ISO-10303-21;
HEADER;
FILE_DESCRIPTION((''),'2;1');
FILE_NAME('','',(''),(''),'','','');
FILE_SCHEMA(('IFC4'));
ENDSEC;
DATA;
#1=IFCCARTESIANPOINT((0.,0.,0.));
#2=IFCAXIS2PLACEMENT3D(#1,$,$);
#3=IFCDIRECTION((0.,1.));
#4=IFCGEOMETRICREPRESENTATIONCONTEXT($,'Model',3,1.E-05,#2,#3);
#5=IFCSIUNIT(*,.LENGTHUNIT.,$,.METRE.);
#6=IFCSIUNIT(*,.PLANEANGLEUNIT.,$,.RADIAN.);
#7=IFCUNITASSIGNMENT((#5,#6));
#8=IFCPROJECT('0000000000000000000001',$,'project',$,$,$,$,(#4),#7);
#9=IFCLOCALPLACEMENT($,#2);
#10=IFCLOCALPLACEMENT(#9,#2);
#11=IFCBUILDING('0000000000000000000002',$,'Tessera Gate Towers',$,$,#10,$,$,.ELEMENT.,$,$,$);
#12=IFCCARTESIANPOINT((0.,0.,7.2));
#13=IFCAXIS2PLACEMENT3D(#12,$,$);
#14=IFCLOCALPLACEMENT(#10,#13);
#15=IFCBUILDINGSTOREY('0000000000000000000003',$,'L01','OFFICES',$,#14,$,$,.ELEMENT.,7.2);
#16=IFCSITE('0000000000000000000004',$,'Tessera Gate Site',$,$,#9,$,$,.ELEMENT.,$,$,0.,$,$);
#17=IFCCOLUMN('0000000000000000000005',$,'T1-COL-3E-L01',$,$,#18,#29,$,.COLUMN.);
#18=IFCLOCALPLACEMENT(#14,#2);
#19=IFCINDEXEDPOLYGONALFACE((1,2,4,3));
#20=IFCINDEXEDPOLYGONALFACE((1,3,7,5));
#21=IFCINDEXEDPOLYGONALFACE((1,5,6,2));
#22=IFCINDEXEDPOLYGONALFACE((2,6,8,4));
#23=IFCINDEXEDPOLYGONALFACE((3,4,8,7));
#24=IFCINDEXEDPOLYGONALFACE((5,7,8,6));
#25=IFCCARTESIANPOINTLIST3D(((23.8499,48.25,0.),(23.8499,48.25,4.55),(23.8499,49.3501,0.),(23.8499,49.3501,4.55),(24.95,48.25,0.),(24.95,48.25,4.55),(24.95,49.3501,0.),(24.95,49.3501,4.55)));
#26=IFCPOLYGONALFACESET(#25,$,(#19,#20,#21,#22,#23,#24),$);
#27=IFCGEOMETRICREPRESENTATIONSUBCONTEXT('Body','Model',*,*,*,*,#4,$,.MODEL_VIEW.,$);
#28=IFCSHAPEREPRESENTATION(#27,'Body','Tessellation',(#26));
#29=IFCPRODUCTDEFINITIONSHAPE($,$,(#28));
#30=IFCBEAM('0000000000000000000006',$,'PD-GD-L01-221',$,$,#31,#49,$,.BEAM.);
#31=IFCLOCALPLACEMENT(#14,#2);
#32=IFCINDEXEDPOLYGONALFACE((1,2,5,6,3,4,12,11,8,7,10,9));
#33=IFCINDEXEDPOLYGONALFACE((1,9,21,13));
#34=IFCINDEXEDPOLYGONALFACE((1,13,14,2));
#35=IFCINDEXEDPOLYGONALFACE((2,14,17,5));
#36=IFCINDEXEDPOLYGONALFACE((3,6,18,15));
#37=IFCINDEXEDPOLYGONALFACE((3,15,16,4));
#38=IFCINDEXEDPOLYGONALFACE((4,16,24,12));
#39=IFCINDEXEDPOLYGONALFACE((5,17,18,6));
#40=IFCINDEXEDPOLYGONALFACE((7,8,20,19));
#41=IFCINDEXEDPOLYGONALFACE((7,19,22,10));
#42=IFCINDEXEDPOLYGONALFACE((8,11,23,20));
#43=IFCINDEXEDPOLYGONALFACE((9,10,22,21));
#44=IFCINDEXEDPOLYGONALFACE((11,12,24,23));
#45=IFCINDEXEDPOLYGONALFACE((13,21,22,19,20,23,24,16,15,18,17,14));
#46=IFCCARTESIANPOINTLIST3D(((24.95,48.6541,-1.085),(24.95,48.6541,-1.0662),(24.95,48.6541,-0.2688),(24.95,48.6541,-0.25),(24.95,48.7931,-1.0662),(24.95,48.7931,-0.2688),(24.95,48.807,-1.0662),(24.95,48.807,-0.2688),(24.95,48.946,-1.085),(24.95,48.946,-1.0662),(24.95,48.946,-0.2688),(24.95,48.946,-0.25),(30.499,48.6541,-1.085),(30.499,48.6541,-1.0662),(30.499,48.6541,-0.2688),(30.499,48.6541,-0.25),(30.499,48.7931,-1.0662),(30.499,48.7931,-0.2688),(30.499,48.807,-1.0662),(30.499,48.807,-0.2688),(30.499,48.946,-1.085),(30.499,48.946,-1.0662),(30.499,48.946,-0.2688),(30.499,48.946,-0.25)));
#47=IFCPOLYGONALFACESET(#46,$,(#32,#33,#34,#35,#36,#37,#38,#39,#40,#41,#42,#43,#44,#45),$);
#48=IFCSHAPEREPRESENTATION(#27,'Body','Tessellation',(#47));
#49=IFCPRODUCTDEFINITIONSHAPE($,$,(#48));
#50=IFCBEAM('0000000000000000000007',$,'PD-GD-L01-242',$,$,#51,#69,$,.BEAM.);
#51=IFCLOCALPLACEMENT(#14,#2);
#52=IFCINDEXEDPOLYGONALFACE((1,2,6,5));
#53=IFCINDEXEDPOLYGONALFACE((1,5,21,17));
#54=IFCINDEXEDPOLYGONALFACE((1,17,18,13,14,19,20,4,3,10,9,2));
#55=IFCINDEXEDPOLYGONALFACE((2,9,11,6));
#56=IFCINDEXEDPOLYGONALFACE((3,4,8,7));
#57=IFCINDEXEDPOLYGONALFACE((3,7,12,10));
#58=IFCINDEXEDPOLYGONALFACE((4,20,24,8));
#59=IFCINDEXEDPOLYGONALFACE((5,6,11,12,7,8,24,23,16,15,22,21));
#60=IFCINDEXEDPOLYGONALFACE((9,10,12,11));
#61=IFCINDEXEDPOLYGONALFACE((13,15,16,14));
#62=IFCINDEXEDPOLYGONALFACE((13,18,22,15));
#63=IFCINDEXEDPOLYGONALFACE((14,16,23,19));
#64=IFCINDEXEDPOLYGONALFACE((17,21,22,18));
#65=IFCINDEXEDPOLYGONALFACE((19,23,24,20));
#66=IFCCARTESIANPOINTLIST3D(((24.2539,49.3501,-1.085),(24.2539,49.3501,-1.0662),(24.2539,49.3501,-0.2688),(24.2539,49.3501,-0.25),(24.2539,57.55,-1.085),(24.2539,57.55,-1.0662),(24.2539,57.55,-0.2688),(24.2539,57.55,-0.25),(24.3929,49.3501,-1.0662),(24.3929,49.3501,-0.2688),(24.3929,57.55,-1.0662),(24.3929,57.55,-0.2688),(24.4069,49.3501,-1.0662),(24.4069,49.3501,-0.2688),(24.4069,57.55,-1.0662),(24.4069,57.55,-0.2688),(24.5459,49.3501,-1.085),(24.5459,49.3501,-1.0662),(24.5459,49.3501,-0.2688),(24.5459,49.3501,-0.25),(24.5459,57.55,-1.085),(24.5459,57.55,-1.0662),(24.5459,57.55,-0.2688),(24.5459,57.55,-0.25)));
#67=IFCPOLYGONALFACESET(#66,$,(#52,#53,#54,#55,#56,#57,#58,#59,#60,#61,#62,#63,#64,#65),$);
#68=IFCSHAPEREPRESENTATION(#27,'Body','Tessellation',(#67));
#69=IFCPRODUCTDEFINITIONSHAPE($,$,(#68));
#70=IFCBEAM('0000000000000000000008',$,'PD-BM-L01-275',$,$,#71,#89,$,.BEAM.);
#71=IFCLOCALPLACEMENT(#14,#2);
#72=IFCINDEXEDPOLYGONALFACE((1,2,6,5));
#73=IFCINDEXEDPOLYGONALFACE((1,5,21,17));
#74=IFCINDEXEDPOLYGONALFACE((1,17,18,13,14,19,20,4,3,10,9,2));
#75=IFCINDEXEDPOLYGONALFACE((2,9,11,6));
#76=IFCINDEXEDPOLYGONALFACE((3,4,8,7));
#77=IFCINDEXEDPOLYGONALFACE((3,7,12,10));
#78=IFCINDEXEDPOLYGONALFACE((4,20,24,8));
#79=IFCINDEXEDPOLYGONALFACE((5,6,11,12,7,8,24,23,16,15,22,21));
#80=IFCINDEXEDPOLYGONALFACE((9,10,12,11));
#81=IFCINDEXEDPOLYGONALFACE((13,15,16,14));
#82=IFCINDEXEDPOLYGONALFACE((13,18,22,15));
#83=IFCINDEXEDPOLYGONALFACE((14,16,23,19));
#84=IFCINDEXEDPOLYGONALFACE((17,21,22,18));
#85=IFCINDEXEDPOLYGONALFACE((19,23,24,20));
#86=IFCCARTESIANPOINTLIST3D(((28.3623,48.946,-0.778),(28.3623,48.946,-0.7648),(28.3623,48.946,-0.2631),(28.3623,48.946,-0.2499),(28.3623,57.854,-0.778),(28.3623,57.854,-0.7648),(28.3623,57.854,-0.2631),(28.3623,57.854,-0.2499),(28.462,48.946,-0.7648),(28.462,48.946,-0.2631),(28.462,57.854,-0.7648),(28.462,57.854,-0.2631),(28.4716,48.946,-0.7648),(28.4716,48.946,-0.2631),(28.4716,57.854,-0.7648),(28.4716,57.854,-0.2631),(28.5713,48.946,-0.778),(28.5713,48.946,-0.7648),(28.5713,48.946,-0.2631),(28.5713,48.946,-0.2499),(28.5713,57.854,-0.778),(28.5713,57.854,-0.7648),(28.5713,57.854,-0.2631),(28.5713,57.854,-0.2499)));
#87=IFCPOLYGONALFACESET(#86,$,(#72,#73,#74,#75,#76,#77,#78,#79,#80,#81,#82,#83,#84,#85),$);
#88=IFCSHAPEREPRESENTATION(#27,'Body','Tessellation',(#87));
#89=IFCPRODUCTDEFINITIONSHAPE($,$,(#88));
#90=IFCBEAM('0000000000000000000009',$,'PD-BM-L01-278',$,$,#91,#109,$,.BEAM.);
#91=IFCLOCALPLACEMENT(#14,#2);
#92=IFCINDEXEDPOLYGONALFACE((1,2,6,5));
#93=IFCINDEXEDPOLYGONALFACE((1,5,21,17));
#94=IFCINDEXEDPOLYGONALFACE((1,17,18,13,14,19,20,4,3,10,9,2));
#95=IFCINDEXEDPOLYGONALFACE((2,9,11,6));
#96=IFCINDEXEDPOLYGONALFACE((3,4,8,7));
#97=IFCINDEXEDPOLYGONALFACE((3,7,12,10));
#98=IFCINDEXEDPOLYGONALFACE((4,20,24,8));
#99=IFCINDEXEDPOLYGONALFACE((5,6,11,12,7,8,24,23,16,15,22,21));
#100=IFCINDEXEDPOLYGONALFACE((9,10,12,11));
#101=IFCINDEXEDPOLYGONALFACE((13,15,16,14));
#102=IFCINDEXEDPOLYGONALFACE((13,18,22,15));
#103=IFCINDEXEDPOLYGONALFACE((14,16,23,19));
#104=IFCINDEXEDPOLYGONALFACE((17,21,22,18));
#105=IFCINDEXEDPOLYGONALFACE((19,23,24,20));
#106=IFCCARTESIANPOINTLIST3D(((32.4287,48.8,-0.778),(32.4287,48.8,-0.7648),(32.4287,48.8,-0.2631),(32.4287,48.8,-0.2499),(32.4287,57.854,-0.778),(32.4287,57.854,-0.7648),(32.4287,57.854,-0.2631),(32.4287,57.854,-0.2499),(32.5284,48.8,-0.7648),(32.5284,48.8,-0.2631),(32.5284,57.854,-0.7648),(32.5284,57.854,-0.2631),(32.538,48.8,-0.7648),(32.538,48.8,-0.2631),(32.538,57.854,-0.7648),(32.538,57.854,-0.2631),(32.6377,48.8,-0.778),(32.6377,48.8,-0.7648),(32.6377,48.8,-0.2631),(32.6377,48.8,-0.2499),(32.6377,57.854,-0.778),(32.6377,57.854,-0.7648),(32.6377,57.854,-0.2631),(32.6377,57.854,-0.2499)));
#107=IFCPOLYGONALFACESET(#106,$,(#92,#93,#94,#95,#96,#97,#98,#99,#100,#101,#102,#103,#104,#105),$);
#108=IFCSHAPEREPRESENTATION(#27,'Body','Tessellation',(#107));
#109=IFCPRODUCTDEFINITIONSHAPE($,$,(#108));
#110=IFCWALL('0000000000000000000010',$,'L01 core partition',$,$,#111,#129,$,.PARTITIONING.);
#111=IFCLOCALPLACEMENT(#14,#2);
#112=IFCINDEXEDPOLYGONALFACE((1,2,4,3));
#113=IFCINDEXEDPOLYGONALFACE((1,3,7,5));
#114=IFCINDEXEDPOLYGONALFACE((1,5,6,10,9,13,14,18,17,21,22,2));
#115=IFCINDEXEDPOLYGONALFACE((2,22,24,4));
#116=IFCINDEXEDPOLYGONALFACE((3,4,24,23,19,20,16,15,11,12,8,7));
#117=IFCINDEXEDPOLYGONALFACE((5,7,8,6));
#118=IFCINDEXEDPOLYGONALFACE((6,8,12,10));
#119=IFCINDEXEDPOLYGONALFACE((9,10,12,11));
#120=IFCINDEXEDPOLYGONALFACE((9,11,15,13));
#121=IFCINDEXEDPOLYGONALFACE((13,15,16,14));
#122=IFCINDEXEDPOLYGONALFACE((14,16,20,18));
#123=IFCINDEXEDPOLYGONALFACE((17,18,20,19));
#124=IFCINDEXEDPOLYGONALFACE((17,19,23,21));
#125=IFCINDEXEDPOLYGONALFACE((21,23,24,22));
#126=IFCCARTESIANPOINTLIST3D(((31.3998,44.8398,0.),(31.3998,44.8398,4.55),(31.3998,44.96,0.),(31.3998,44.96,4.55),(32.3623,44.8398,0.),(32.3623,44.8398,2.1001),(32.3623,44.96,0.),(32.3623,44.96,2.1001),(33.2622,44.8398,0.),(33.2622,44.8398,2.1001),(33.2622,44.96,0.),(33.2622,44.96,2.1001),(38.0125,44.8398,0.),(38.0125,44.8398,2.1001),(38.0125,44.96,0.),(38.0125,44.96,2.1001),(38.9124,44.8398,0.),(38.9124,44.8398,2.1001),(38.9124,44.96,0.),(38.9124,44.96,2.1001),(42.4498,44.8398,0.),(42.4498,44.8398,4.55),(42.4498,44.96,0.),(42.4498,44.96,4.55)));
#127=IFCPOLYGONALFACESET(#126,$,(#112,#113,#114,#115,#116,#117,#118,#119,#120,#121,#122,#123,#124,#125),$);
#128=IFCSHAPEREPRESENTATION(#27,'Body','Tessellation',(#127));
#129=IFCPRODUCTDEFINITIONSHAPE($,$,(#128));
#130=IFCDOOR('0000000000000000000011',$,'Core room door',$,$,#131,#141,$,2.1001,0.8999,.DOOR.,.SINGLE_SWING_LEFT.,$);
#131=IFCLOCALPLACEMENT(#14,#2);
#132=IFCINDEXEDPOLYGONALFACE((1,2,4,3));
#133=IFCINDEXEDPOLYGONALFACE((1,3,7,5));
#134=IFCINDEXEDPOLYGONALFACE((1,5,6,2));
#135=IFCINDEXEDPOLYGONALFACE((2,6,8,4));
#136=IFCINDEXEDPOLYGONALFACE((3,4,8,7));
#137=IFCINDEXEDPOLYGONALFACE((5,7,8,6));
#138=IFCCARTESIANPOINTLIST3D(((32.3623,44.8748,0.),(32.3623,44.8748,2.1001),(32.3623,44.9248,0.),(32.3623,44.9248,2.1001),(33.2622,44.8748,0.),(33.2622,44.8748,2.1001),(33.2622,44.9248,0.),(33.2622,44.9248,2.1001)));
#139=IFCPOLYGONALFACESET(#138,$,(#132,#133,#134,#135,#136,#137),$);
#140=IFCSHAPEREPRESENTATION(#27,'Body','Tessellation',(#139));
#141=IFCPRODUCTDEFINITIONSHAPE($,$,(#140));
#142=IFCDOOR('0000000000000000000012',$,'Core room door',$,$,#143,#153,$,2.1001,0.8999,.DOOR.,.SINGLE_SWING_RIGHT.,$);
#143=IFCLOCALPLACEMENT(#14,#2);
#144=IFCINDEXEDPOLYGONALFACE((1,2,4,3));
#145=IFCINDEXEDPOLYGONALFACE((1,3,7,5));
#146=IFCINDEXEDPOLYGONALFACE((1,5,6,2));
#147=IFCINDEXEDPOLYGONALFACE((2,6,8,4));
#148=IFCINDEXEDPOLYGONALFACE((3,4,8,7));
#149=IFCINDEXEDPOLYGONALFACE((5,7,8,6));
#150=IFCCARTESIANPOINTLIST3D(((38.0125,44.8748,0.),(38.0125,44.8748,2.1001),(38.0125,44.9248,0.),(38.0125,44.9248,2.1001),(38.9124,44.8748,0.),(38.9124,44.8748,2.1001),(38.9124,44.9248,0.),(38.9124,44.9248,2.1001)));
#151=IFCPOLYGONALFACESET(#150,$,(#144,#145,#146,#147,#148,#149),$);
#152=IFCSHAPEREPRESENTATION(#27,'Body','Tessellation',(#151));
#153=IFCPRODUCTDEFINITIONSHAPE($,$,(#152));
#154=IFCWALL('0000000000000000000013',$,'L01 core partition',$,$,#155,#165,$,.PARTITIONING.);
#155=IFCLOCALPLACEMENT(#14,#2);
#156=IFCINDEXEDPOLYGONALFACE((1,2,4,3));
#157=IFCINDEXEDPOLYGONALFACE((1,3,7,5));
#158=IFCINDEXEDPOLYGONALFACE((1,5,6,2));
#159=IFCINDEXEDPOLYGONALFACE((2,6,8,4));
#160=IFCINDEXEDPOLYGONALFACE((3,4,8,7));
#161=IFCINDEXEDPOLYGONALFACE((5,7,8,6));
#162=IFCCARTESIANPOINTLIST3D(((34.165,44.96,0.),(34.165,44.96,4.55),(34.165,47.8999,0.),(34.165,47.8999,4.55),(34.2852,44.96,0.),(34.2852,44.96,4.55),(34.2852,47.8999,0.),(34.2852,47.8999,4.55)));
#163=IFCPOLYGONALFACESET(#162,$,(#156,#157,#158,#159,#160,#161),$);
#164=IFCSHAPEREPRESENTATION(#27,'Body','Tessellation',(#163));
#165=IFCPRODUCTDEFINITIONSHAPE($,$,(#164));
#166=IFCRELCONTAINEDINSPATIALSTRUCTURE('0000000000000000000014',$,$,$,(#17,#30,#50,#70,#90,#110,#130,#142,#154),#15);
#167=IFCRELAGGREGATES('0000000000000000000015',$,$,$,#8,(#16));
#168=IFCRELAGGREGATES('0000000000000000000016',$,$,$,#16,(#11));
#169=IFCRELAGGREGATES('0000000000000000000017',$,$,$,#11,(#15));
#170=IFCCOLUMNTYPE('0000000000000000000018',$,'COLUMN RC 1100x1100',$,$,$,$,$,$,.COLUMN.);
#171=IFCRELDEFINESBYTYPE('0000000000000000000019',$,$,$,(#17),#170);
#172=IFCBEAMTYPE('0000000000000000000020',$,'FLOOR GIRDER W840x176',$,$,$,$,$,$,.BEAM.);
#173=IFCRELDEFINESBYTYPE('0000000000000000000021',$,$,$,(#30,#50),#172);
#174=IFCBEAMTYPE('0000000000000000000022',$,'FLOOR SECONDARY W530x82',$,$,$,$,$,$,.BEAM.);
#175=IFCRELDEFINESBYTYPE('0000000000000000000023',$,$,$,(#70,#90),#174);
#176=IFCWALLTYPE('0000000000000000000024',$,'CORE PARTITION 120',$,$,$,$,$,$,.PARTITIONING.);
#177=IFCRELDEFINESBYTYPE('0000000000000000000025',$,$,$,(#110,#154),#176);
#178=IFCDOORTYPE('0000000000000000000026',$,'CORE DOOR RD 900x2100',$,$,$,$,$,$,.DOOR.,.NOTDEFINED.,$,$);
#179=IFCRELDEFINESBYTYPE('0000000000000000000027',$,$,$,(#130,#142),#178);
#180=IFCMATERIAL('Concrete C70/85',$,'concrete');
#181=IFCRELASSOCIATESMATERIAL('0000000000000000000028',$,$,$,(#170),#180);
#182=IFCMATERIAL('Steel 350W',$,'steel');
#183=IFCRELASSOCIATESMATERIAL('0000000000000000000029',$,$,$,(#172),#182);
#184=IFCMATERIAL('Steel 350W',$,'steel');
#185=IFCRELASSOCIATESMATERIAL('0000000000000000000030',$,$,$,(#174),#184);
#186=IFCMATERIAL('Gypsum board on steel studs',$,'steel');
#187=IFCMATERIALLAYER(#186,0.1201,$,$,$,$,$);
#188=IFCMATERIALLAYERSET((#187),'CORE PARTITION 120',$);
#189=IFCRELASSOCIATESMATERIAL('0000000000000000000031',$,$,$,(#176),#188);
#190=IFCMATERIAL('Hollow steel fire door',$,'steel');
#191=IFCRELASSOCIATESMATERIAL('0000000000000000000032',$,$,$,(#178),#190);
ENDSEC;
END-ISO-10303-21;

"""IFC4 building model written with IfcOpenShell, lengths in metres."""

from ifc_helpers import new_model, si_unit, direction, frame, frame_2d, origin, origin_2d, place, context, subcontext, project, spatial, rectangle, i_section, extrude, source, transform, mapped, material, layer, layer_set, material_profile, profile_set, type_object, element, fill, save


model = new_model("IFC4")

# Units and contexts
model_context = context("Model", 3, precision=1e-05, world=origin(), true_north=direction((0.0, 1.0)))
body_context = subcontext(model_context, "Body", "Model", "MODEL_VIEW")
ifc_project = project(units=[si_unit("LENGTHUNIT", "METRE"), si_unit("PLANEANGLEUNIT", "RADIAN")], contexts=[model_context])

# Site, building, storey
site_placement = place(None, origin())
site = spatial("IfcSite", under=ifc_project, at=site_placement, Name="Tessera Gate Site", CompositionType="ELEMENT", RefElevation=0.0)
building_placement = place(site_placement, origin())
building = spatial("IfcBuilding", under=site, at=building_placement, Name="Tessera Gate Towers", CompositionType="ELEMENT")
storey_placement = place(building_placement, frame((0.0, 0.0, 7.2)))
storey = spatial("IfcBuildingStorey", under=building, at=storey_placement, Name="L01", Description="OFFICES", CompositionType="ELEMENT", Elevation=7.2)

# Column
ifc_material_1 = material(Name="Concrete C70/85", Category="concrete")
ifc_material_profile_1 = material_profile(ifc_material_1, rectangle(XDim=1.1001, YDim=1.1001, at=origin_2d()), Name="RC 1100x1100")
ifc_profile_set_1 = profile_set([ifc_material_profile_1], Name="Concrete C70/85")
column_type = type_object("IfcColumnType", Name="COLUMN RC 1100x1100", PredefinedType="COLUMN", material=ifc_profile_set_1)
column_placement = place(storey_placement, frame((24.3999, 48.8, 0.0), z_axis=(0.0, 0.0, 1.0), x_axis=(1.0, 0.0, 0.0)))
element("IfcColumn", 1, at=column_placement, inside=storey, type_object=column_type, Name="T1-COL-3E-L01", PredefinedType="COLUMN", context=body_context, shape_type="SweptSolid", body=[
    extrude(rectangle(XDim=1.1001, YDim=1.1001, at=origin_2d()), origin(), (0.0, 0.0, 1.0), 4.55),
])

# Beams
ifc_material_2 = material(Name="Steel 350W", Category="steel")
ifc_material_profile_2 = material_profile(ifc_material_2, i_section(OverallWidth=0.292, OverallDepth=0.835, WebThickness=0.0139, FlangeThickness=0.0188, at=origin_2d()), Name="W840x176")
ifc_profile_set_2 = profile_set([ifc_material_profile_2], Name="Steel 350W")
beam_type_1 = type_object("IfcBeamType", Name="FLOOR GIRDER W840x176", PredefinedType="BEAM", material=ifc_profile_set_2)
beam_1_placement = place(storey_placement, frame((24.95, 48.8, -0.6675), z_axis=(1.0, 0.0, 0.0), x_axis=(0.0, 1.0, 0.0)))
element("IfcBeam", 2, at=beam_1_placement, inside=storey, type_object=beam_type_1, Name="PD-GD-L01-221", PredefinedType="BEAM", context=body_context, shape_type="SweptSolid", body=[
    extrude(i_section(OverallWidth=0.292, OverallDepth=0.835, WebThickness=0.0139, FlangeThickness=0.0188, at=origin_2d()), origin(), (0.0, 0.0, 1.0), 5.5491),
])
beam_2_placement = place(storey_placement, frame((24.3999, 49.3501, -0.6675), z_axis=(0.0, 1.0, 0.0), x_axis=(-1.0, 0.0, 0.0)))
element("IfcBeam", 3, at=beam_2_placement, inside=storey, type_object=beam_type_1, Name="PD-GD-L01-242", PredefinedType="BEAM", context=body_context, shape_type="SweptSolid", body=[
    extrude(i_section(OverallWidth=0.292, OverallDepth=0.835, WebThickness=0.0139, FlangeThickness=0.0188, at=origin_2d()), origin(), (0.0, 0.0, 1.0), 8.2),
])
ifc_material_3 = material(Name="Steel 350W", Category="steel")
ifc_material_profile_3 = material_profile(ifc_material_3, i_section(OverallWidth=0.209, OverallDepth=0.5281, WebThickness=0.0095, FlangeThickness=0.0132, at=origin_2d()), Name="W530x82")
ifc_profile_set_3 = profile_set([ifc_material_profile_3], Name="Steel 350W")
beam_type_2 = type_object("IfcBeamType", Name="FLOOR SECONDARY W530x82", PredefinedType="BEAM", material=ifc_profile_set_3)
beam_3_placement = place(storey_placement, frame((28.4668, 48.946, -0.5139), z_axis=(0.0, 1.0, 0.0), x_axis=(-1.0, 0.0, 0.0)))
element("IfcBeam", 4, at=beam_3_placement, inside=storey, type_object=beam_type_2, Name="PD-BM-L01-275", PredefinedType="BEAM", context=body_context, shape_type="SweptSolid", body=[
    extrude(i_section(OverallWidth=0.209, OverallDepth=0.5281, WebThickness=0.0095, FlangeThickness=0.0132, at=origin_2d()), origin(), (0.0, 0.0, 1.0), 8.908),
])
beam_4_placement = place(storey_placement, frame((32.5332, 48.8, -0.5139), z_axis=(0.0, 1.0, 0.0), x_axis=(-1.0, 0.0, 0.0)))
element("IfcBeam", 5, at=beam_4_placement, inside=storey, type_object=beam_type_2, Name="PD-BM-L01-278", PredefinedType="BEAM", context=body_context, shape_type="SweptSolid", body=[
    extrude(i_section(OverallWidth=0.209, OverallDepth=0.5281, WebThickness=0.0095, FlangeThickness=0.0132, at=origin_2d()), origin(), (0.0, 0.0, 1.0), 9.054),
])

# Wall, openings, doors
ifc_material_4 = material(Name="Gypsum board on steel studs", Category="steel")
ifc_layer_1 = layer(ifc_material_4, 0.1201)
ifc_layer_set_1 = layer_set([ifc_layer_1], Name="CORE PARTITION 120")
wall_type_1 = type_object("IfcWallType", Name="CORE PARTITION 120", PredefinedType="PARTITIONING", material=ifc_layer_set_1)
wall_1_placement = place(storey_placement, frame((31.3999, 44.8999, 0.0), z_axis=(0.0, 0.0, 1.0), x_axis=(1.0, 0.0, 0.0)))
wall_1 = element("IfcWall", 6, at=wall_1_placement, inside=storey, type_object=wall_type_1, Name="L01 core partition", PredefinedType="PARTITIONING", context=body_context, shape_type="SweptSolid", body=[
    extrude(rectangle(XDim=11.05, YDim=0.1201, at=frame_2d((5.5249, 0.0))), origin(), (0.0, 0.0, 1.0), 4.55),
])
shared_shape_1 = source(origin(), body_context, "Body", "SweptSolid", [
    extrude(rectangle(XDim=0.8999, YDim=2.1001, at=frame_2d((0.45, 1.05))), frame((0.0, 0.0701, 0.0), z_axis=(0.0, -1.0, 0.0), x_axis=(1.0, 0.0, 0.0)), (0.0, 0.0, 1.0), 0.1401),
])
opening_1_placement = place(wall_1_placement, frame((0.9624, 0.0, 0.0)))
opening_1 = element("IfcOpeningElement", 7, at=opening_1_placement, cuts=wall_1, PredefinedType="OPENING", context=body_context, shape_type="MappedRepresentation", body=[
    mapped(shared_shape_1, transform((0.0, 0.0, 0.0), scale=1.0)),
])
opening_2_placement = place(wall_1_placement, frame((6.6125, 0.0, 0.0)))
opening_2 = element("IfcOpeningElement", 8, at=opening_2_placement, cuts=wall_1, PredefinedType="OPENING", context=body_context, shape_type="MappedRepresentation", body=[
    mapped(shared_shape_1, transform((0.0, 0.0, 0.0), scale=1.0)),
])
ifc_material_5 = material(Name="Hollow steel fire door", Category="steel")
door_type_1 = type_object("IfcDoorType", Name="CORE DOOR RD 900x2100", OperationType="NOTDEFINED", PredefinedType="DOOR", material=ifc_material_5)
shared_shape_2 = source(origin(), body_context, "Body", "SweptSolid", [
    extrude(rectangle(XDim=0.8999, YDim=2.1001, at=frame_2d((0.45, 1.05))), frame((0.0, 0.0249, 0.0), z_axis=(0.0, -1.0, 0.0), x_axis=(1.0, 0.0, 0.0)), (0.0, 0.0, 1.0), 0.05),
])
door_1_placement = place(opening_1_placement, origin())
door_1 = element("IfcDoor", 9, at=door_1_placement, inside=storey, type_object=door_type_1, Name="Core room door", OperationType="SINGLE_SWING_LEFT", OverallHeight=2.1001, OverallWidth=0.8999, PredefinedType="DOOR", context=body_context, shape_type="MappedRepresentation", body=[
    mapped(shared_shape_2, transform((0.0, 0.0, 0.0), scale=1.0)),
])
fill(opening_1, door_1)
door_2_placement = place(opening_2_placement, origin())
door_2 = element("IfcDoor", 10, at=door_2_placement, inside=storey, type_object=door_type_1, Name="Core room door", OperationType="SINGLE_SWING_RIGHT", OverallHeight=2.1001, OverallWidth=0.8999, PredefinedType="DOOR", context=body_context, shape_type="MappedRepresentation", body=[
    mapped(shared_shape_2, transform((0.0, 0.0, 0.0), scale=1.0)),
])
fill(opening_2, door_2)

# Wall
wall_2_placement = place(storey_placement, frame((34.2251, 44.96, 0.0), z_axis=(0.0, 0.0, 1.0), x_axis=(0.0, 1.0, 0.0)))
element("IfcWall", 11, at=wall_2_placement, inside=storey, type_object=wall_type_1, Name="L01 core partition", PredefinedType="PARTITIONING", context=body_context, shape_type="SweptSolid", body=[
    extrude(rectangle(XDim=2.9399, YDim=0.1201, at=frame_2d((1.47, 0.0))), origin(), (0.0, 0.0, 1.0), 4.55),
])

save(model, "model.ifc")
